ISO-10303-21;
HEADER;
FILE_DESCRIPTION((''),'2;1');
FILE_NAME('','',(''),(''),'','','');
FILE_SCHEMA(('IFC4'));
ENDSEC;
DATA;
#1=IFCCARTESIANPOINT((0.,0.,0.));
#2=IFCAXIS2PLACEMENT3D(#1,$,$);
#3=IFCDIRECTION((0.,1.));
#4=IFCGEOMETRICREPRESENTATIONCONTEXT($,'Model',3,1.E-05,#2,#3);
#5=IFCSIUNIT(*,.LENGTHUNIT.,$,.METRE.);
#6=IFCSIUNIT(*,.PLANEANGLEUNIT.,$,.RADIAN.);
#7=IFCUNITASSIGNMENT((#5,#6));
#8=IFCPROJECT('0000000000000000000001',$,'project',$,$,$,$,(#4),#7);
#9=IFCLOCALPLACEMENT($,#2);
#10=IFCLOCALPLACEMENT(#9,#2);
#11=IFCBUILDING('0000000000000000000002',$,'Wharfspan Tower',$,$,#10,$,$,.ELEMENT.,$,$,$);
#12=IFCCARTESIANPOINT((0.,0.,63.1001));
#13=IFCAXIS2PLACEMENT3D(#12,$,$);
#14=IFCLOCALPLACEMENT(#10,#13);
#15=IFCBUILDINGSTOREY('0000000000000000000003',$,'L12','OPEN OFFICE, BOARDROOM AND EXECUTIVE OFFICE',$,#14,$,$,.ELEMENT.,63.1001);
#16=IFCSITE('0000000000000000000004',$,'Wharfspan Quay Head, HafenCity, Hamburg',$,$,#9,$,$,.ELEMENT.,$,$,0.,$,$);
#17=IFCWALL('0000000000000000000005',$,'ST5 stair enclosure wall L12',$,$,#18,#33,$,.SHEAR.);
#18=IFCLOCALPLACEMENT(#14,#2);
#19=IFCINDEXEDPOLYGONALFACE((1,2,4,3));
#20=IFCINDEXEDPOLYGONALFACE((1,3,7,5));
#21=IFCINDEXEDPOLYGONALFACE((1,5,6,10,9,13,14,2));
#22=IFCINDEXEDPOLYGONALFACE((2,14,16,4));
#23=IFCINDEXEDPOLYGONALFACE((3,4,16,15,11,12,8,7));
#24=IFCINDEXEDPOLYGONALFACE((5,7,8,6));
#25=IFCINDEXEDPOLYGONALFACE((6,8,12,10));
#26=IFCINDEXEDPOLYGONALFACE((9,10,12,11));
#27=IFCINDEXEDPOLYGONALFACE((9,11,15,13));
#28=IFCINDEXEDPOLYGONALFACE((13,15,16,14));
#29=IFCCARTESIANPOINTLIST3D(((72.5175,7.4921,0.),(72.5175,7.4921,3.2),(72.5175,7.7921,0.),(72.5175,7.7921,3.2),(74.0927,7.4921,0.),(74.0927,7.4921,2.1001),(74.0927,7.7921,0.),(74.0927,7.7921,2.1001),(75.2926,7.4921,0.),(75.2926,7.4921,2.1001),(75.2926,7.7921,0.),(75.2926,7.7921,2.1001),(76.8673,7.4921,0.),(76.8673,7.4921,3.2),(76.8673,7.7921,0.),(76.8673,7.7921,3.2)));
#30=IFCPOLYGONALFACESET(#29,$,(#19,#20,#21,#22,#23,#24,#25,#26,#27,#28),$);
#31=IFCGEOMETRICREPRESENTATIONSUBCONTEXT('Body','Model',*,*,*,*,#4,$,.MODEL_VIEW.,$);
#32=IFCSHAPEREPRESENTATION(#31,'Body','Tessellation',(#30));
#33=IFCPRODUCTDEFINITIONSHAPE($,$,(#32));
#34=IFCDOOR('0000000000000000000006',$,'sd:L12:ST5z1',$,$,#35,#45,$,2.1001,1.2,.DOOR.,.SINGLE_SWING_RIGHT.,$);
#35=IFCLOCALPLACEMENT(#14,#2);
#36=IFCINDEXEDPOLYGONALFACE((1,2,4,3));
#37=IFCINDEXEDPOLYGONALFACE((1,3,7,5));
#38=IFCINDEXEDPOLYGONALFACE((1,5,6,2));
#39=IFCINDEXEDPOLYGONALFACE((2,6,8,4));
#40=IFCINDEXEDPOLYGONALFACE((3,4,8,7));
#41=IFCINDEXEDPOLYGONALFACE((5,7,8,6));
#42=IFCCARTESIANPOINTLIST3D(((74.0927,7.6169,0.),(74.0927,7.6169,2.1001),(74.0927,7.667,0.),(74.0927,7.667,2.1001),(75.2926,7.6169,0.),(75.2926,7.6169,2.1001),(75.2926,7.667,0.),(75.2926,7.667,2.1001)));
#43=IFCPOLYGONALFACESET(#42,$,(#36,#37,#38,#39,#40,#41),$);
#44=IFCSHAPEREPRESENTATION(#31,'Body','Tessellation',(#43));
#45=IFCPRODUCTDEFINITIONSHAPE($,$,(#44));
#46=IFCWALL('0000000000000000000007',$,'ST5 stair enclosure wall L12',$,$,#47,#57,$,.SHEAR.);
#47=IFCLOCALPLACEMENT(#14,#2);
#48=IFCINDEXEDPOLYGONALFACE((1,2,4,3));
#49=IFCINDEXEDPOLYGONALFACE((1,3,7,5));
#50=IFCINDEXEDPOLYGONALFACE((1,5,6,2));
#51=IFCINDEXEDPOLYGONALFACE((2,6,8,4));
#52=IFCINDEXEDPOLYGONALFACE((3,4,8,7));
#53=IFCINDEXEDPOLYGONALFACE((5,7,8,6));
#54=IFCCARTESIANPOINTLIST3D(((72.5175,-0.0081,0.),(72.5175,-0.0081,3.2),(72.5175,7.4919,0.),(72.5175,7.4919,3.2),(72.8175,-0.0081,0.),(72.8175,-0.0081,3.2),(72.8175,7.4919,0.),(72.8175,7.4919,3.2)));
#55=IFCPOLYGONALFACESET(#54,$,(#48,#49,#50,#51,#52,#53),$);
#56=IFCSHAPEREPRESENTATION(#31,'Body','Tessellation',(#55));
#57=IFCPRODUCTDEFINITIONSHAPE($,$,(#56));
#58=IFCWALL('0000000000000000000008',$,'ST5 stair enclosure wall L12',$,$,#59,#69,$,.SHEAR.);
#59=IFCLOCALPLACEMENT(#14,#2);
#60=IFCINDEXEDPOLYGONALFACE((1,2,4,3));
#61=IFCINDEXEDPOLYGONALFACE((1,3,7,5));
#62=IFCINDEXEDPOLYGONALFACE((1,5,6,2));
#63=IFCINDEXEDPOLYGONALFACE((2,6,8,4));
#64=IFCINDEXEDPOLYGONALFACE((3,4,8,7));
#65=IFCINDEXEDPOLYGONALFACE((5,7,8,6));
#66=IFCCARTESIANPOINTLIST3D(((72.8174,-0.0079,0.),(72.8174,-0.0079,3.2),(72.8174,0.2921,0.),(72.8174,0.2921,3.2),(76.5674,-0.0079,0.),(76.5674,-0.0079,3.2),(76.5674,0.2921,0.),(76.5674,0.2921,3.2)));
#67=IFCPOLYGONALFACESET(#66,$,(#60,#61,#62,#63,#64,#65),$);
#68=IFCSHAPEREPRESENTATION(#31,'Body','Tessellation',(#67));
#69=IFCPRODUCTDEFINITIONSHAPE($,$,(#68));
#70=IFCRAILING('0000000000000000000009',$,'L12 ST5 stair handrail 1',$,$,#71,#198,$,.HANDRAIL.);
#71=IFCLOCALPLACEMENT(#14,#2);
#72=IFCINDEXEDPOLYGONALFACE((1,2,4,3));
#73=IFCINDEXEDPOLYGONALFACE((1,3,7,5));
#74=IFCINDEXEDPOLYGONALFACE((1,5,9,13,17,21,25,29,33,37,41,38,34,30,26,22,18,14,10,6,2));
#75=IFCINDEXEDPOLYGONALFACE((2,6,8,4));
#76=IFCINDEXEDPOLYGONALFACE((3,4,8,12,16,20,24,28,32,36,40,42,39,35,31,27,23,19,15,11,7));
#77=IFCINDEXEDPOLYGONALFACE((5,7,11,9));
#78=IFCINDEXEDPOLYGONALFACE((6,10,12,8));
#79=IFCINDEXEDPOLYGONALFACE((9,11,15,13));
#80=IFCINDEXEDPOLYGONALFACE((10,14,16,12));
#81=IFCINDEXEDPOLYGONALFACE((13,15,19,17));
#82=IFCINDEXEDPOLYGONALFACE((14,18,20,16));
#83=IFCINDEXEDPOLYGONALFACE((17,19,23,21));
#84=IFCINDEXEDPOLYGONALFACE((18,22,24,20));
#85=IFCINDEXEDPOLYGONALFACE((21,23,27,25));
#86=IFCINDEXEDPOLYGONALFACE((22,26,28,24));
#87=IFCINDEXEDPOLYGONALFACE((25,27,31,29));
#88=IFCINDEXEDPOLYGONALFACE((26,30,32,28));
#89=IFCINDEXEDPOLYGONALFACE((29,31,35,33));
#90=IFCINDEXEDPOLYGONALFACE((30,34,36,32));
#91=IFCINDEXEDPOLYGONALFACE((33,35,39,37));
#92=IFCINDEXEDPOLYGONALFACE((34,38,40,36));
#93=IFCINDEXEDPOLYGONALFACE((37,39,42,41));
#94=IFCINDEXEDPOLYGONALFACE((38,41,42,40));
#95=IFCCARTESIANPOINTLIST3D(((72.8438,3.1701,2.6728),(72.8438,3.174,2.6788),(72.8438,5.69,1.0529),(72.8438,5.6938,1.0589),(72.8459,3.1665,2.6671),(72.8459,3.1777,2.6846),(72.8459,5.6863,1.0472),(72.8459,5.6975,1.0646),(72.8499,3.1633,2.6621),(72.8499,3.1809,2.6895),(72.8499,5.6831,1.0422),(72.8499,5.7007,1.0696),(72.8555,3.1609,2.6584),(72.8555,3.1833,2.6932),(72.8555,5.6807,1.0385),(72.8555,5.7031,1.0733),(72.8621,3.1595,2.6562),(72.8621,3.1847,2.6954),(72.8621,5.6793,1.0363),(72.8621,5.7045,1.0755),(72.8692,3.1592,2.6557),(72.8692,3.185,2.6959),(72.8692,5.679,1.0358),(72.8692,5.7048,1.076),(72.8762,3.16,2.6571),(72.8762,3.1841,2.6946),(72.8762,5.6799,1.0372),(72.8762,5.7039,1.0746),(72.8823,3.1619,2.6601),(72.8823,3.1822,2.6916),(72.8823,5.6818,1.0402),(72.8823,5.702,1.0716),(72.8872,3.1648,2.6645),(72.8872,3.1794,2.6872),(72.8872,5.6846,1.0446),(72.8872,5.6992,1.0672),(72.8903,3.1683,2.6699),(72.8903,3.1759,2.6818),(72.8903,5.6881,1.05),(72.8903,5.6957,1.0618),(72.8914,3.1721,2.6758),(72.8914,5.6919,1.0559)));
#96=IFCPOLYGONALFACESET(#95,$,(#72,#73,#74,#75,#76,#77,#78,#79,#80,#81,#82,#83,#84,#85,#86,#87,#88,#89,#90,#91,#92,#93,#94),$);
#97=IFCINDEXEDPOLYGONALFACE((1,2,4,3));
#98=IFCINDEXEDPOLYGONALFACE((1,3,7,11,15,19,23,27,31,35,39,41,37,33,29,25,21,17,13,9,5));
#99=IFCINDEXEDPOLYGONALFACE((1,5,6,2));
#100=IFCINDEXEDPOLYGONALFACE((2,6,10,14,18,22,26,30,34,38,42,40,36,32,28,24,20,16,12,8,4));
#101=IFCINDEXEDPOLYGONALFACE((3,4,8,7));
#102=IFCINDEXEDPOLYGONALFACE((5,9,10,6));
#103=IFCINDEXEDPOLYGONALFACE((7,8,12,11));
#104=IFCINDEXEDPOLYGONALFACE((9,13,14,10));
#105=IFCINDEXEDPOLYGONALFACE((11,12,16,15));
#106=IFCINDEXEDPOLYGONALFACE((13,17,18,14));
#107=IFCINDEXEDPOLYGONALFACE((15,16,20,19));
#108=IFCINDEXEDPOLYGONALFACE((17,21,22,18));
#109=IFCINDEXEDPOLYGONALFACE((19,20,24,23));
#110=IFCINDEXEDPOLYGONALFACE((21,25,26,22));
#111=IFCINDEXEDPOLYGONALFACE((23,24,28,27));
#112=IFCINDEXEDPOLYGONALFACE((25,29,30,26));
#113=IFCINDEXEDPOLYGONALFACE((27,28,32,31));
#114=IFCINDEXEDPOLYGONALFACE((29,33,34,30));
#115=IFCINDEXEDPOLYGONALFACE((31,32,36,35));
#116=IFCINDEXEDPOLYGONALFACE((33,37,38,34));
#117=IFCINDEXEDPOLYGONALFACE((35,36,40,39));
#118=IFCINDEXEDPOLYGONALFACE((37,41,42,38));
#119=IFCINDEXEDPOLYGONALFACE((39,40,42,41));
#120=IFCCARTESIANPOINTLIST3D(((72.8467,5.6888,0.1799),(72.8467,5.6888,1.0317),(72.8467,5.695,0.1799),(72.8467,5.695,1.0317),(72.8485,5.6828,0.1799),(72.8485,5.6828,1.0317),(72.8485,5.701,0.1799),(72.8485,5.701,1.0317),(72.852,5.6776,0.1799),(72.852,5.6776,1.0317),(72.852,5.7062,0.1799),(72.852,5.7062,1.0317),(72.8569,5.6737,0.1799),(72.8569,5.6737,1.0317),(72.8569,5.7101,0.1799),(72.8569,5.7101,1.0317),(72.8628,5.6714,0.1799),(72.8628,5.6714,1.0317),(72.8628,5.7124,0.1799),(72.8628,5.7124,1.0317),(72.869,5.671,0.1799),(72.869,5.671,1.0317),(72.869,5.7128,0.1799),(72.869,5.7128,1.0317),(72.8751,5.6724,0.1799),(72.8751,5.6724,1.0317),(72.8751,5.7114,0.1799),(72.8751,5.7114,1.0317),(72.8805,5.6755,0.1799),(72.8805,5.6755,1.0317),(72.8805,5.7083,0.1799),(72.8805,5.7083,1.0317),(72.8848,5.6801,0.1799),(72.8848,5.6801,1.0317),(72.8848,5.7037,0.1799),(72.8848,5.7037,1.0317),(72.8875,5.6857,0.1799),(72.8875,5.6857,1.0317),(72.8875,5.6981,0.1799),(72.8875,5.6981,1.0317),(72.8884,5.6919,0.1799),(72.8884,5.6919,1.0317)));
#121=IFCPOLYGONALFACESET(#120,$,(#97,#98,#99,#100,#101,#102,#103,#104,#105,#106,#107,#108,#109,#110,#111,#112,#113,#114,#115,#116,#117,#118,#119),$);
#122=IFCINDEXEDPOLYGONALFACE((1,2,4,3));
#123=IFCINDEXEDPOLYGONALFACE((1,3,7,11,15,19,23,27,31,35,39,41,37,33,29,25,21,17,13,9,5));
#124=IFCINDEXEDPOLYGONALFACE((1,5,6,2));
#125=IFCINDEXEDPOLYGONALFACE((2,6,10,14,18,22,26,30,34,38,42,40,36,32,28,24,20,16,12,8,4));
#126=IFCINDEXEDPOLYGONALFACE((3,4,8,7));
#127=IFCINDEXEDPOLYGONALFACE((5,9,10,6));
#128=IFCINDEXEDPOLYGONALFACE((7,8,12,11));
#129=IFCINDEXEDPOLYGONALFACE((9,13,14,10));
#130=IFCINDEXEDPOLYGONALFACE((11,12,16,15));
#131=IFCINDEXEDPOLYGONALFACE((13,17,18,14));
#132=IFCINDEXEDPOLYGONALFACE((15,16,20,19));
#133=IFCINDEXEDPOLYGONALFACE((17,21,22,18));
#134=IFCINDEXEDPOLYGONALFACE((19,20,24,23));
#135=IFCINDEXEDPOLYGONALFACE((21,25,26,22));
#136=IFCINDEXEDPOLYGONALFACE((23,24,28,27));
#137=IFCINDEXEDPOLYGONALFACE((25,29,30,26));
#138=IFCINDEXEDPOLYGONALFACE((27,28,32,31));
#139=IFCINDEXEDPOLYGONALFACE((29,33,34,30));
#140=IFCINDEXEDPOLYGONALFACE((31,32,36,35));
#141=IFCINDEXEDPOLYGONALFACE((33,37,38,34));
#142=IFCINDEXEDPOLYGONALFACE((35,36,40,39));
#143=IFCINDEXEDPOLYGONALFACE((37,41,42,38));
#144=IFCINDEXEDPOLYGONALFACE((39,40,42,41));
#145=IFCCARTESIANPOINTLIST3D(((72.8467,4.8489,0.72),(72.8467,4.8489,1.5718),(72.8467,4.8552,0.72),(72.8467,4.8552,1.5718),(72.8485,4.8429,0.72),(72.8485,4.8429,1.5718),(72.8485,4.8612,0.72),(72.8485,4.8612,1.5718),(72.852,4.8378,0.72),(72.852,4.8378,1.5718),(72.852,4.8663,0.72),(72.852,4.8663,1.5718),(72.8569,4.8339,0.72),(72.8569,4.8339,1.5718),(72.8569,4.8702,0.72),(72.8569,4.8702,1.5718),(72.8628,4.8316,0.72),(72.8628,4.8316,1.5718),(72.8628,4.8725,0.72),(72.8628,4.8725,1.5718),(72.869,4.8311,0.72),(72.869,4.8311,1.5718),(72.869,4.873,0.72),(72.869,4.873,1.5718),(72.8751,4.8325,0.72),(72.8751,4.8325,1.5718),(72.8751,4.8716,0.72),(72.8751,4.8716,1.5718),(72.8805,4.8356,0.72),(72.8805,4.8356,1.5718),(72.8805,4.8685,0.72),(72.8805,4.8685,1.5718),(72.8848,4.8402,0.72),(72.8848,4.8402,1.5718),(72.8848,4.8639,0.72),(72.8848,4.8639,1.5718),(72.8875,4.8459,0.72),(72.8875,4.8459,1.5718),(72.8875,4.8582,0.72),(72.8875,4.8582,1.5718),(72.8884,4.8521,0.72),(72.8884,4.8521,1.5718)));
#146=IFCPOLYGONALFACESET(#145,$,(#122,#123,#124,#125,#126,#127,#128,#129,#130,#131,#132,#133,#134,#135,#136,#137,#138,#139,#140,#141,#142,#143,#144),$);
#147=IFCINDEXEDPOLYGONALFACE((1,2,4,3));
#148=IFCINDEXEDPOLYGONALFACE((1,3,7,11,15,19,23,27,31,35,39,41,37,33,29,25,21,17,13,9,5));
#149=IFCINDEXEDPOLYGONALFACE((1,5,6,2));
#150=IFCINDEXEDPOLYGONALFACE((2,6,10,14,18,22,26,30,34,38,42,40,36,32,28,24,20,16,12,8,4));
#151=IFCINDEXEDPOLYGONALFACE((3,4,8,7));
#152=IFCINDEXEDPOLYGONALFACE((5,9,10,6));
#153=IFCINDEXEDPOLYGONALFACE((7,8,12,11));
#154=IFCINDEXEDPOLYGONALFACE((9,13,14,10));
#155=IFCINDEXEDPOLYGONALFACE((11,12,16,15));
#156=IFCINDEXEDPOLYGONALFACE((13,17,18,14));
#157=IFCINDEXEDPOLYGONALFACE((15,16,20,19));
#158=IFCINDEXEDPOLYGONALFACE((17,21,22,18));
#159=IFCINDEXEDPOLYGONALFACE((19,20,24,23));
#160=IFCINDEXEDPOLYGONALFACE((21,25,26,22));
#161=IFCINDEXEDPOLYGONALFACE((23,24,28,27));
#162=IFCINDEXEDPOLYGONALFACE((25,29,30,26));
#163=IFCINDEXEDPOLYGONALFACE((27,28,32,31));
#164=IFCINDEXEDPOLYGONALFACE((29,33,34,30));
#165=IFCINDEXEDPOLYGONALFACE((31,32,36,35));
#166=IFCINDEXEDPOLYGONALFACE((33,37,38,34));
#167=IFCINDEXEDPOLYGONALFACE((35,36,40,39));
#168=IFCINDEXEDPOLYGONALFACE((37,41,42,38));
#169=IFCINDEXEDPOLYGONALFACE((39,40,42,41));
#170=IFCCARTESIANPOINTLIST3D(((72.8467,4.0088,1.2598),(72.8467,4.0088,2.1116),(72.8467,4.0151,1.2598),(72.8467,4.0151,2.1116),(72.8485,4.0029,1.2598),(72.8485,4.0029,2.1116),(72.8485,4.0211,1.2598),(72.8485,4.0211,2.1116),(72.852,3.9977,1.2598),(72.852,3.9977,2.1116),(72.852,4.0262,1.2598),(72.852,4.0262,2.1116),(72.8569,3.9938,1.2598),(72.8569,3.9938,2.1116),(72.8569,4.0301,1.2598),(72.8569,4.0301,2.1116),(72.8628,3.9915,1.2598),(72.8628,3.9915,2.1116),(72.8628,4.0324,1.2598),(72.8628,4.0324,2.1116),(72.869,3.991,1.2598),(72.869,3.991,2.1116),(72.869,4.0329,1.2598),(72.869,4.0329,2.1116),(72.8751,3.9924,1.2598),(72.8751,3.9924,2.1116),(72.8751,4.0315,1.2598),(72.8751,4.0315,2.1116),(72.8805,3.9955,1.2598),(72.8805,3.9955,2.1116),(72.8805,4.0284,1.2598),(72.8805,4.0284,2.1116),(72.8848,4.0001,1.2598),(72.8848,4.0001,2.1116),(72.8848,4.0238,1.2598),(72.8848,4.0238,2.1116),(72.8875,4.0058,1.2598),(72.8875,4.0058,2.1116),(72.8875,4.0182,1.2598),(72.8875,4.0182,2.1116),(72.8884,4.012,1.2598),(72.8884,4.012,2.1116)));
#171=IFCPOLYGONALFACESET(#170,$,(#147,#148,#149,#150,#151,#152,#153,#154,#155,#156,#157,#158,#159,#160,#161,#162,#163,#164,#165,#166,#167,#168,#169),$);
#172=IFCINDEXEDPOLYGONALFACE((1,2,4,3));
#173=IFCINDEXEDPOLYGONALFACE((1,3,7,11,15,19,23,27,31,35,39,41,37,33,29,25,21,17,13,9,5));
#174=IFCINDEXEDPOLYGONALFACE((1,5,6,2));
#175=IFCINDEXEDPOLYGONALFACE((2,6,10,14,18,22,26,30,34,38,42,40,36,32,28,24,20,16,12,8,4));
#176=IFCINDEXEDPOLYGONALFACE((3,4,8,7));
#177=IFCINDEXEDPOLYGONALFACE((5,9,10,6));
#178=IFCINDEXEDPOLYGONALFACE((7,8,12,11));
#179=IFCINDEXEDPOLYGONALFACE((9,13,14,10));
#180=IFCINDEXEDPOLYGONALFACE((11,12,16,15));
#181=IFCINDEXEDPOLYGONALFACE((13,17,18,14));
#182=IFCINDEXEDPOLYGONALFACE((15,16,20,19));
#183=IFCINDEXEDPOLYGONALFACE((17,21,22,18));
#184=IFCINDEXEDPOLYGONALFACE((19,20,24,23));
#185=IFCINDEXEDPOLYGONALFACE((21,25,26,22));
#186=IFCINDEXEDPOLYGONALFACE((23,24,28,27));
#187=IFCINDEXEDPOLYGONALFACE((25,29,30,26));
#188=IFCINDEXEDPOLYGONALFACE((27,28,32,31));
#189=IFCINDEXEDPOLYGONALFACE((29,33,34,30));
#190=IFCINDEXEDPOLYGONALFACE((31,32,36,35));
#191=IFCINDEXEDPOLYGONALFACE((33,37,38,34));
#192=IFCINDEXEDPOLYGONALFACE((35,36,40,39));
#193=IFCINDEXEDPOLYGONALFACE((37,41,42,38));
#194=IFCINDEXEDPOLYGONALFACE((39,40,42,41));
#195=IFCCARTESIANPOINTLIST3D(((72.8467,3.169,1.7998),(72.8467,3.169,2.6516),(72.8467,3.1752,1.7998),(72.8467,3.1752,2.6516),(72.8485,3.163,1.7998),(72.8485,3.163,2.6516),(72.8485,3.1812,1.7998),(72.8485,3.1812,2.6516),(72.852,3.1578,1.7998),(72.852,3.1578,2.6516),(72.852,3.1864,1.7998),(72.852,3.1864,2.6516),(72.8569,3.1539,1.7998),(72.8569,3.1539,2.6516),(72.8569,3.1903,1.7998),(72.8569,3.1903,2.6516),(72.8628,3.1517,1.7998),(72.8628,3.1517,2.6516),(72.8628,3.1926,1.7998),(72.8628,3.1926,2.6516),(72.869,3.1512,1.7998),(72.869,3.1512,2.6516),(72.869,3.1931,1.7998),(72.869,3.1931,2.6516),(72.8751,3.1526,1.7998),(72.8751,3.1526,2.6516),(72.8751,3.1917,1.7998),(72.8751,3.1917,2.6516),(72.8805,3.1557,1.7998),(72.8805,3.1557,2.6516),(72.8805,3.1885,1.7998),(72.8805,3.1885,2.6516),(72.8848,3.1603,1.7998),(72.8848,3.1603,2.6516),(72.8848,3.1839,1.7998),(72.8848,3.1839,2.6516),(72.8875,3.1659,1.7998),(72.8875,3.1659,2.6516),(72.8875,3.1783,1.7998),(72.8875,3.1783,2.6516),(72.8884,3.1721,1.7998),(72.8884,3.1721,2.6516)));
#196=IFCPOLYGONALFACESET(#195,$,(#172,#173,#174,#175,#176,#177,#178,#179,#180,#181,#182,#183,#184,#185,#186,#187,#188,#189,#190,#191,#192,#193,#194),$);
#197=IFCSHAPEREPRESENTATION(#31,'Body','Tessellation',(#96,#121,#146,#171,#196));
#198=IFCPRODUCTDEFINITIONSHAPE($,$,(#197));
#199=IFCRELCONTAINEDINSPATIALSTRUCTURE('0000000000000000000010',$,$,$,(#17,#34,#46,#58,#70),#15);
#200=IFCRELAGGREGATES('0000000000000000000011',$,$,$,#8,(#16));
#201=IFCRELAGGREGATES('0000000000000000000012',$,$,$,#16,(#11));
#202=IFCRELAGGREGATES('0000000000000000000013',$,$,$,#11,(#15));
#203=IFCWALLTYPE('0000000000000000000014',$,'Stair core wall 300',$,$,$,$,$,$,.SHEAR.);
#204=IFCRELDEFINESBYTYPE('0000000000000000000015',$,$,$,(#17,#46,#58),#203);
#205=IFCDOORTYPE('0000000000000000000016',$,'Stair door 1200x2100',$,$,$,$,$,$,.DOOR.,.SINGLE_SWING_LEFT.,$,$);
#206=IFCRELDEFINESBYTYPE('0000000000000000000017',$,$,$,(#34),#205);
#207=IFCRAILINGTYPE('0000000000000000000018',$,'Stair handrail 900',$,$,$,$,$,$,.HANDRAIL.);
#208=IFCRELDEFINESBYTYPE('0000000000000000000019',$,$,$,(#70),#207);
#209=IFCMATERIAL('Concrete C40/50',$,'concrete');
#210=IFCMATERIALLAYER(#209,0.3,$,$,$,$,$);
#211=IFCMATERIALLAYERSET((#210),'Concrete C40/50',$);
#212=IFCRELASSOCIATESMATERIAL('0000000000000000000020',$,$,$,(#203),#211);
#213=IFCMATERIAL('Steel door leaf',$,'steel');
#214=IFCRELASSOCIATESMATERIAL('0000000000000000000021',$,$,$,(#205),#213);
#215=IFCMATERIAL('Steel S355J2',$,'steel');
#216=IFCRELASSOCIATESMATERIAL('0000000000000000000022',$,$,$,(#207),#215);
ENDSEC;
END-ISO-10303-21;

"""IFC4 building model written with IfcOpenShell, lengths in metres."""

from ifc_helpers import new_model, si_unit, direction, frame, frame_2d, origin, origin_2d, place, context, subcontext, project, spatial, rectangle, circle, extrude, material, layer, layer_set, type_object, element, fill, save


model = new_model("IFC4")

# Units and contexts
model_context = context("Model", 3, precision=1e-05, world=origin(), true_north=direction((0.0, 1.0)))
body_context = subcontext(model_context, "Body", "Model", "MODEL_VIEW")
ifc_project = project(units=[si_unit("LENGTHUNIT", "METRE"), si_unit("PLANEANGLEUNIT", "RADIAN")], contexts=[model_context])

# Site, building, storey
site_placement = place(None, origin())
site = spatial("IfcSite", under=ifc_project, at=site_placement, Name="Wharfspan Quay Head, HafenCity, Hamburg", CompositionType="ELEMENT", RefElevation=0.0)
building_placement = place(site_placement, origin())
building = spatial("IfcBuilding", under=site, at=building_placement, Name="Wharfspan Tower", CompositionType="ELEMENT")
storey_placement = place(building_placement, frame((0.0, 0.0, 63.1001)))
storey = spatial("IfcBuildingStorey", under=building, at=storey_placement, Name="L12", Description="OPEN OFFICE, BOARDROOM AND EXECUTIVE OFFICE", CompositionType="ELEMENT", Elevation=63.1001)

# Shared definitions
ifc_material_1 = material(Name="Steel S355J2", Category="steel")

# Wall, opening, door
ifc_material_2 = material(Name="Concrete C40/50", Category="concrete")
ifc_layer_1 = layer(ifc_material_2, 0.3)
ifc_layer_set_1 = layer_set([ifc_layer_1], Name="Concrete C40/50")
wall_type_1 = type_object("IfcWallType", Name="Stair core wall 300", PredefinedType="SHEAR", material=ifc_layer_set_1)
wall_1_placement = place(storey_placement, frame((72.5176, 7.6421, 0.0), z_axis=(0.0, 0.0, 1.0), x_axis=(1.0, 0.0, 0.0)))
wall_1 = element("IfcWall", 1, at=wall_1_placement, inside=storey, type_object=wall_type_1, Name="ST5 stair enclosure wall L12", PredefinedType="SHEAR", context=body_context, shape_type="SweptSolid", body=[
    extrude(rectangle(XDim=4.3499, YDim=0.3, at=frame_2d((2.1748, 0.0))), origin(), (0.0, 0.0, 1.0), 3.2),
])
opening_1_placement = place(wall_1_placement, frame((1.575, 0.0, 0.0)))
opening_1 = element("IfcOpeningElement", 2, at=opening_1_placement, cuts=wall_1, PredefinedType="OPENING", context=body_context, shape_type="SweptSolid", body=[
    extrude(rectangle(XDim=1.2, YDim=2.1001, at=frame_2d((0.6001, 1.05))), frame((0.0, 0.1599, 0.0), z_axis=(0.0, -1.0, 0.0), x_axis=(1.0, 0.0, 0.0)), (0.0, 0.0, 1.0), 0.3201),
])
ifc_material_3 = material(Name="Steel door leaf", Category="steel")
door_type_1 = type_object("IfcDoorType", Name="Stair door 1200x2100", OperationType="SINGLE_SWING_LEFT", PredefinedType="DOOR", material=ifc_material_3)
door_1_placement = place(opening_1_placement, origin())
door_1 = element("IfcDoor", 3, at=door_1_placement, inside=storey, type_object=door_type_1, Name="sd:L12:ST5z1", OperationType="SINGLE_SWING_RIGHT", OverallHeight=2.1001, OverallWidth=1.2, PredefinedType="DOOR", context=body_context, shape_type="SweptSolid", body=[
    extrude(rectangle(XDim=1.2, YDim=2.1001, at=frame_2d((0.6001, 1.05))), frame((0.0, 0.0249, 0.0), z_axis=(0.0, -1.0, 0.0), x_axis=(1.0, 0.0, 0.0)), (0.0, 0.0, 1.0), 0.05),
])
fill(opening_1, door_1)

# Walls
wall_2_placement = place(storey_placement, frame((72.6675, -0.0081, 0.0), z_axis=(0.0, 0.0, 1.0), x_axis=(0.0, 1.0, 0.0)))
element("IfcWall", 4, at=wall_2_placement, inside=storey, type_object=wall_type_1, Name="ST5 stair enclosure wall L12", PredefinedType="SHEAR", context=body_context, shape_type="SweptSolid", body=[
    extrude(rectangle(XDim=7.5, YDim=0.3, at=frame_2d((3.75, 0.0))), origin(), (0.0, 0.0, 1.0), 3.2),
])
wall_3_placement = place(storey_placement, frame((72.8174, 0.1421, 0.0), z_axis=(0.0, 0.0, 1.0), x_axis=(1.0, 0.0, 0.0)))
element("IfcWall", 5, at=wall_3_placement, inside=storey, type_object=wall_type_1, Name="ST5 stair enclosure wall L12", PredefinedType="SHEAR", context=body_context, shape_type="SweptSolid", body=[
    extrude(rectangle(XDim=3.75, YDim=0.3, at=frame_2d((1.875, 0.0))), origin(), (0.0, 0.0, 1.0), 3.2),
])

# Railing
railing_type = type_object("IfcRailingType", Name="Stair handrail 900", PredefinedType="HANDRAIL", material=ifc_material_1)
railing_placement = place(storey_placement, frame((72.8674, 5.6919, 0.1799)))
element("IfcRailing", 6, at=railing_placement, inside=storey, type_object=railing_type, Name="L12 ST5 stair handrail 1", PredefinedType="HANDRAIL", context=body_context, shape_type="SweptSolid", body=[
    extrude(circle(Radius=0.0239, at=origin_2d()), frame((0.0, 0.0, 0.876), z_axis=(0.0, -0.841176, 0.540762), x_axis=(1.0, 0.0, 0.0)), (0.0, 0.0, 1.0), 2.9956),
    extrude(circle(Radius=0.021, at=origin_2d()), origin(), (0.0, 0.0, 1.0), 0.8518),
    extrude(circle(Radius=0.021, at=origin_2d()), frame((0.0, -0.8398, 0.54)), (0.0, 0.0, 1.0), 0.8518),
    extrude(circle(Radius=0.021, at=origin_2d()), frame((0.0, -1.6799, 1.0798)), (0.0, 0.0, 1.0), 0.8518),
    extrude(circle(Radius=0.021, at=origin_2d()), frame((0.0, -2.5198, 1.6199)), (0.0, 0.0, 1.0), 0.8518),
])

save(model, "model.ifc")
